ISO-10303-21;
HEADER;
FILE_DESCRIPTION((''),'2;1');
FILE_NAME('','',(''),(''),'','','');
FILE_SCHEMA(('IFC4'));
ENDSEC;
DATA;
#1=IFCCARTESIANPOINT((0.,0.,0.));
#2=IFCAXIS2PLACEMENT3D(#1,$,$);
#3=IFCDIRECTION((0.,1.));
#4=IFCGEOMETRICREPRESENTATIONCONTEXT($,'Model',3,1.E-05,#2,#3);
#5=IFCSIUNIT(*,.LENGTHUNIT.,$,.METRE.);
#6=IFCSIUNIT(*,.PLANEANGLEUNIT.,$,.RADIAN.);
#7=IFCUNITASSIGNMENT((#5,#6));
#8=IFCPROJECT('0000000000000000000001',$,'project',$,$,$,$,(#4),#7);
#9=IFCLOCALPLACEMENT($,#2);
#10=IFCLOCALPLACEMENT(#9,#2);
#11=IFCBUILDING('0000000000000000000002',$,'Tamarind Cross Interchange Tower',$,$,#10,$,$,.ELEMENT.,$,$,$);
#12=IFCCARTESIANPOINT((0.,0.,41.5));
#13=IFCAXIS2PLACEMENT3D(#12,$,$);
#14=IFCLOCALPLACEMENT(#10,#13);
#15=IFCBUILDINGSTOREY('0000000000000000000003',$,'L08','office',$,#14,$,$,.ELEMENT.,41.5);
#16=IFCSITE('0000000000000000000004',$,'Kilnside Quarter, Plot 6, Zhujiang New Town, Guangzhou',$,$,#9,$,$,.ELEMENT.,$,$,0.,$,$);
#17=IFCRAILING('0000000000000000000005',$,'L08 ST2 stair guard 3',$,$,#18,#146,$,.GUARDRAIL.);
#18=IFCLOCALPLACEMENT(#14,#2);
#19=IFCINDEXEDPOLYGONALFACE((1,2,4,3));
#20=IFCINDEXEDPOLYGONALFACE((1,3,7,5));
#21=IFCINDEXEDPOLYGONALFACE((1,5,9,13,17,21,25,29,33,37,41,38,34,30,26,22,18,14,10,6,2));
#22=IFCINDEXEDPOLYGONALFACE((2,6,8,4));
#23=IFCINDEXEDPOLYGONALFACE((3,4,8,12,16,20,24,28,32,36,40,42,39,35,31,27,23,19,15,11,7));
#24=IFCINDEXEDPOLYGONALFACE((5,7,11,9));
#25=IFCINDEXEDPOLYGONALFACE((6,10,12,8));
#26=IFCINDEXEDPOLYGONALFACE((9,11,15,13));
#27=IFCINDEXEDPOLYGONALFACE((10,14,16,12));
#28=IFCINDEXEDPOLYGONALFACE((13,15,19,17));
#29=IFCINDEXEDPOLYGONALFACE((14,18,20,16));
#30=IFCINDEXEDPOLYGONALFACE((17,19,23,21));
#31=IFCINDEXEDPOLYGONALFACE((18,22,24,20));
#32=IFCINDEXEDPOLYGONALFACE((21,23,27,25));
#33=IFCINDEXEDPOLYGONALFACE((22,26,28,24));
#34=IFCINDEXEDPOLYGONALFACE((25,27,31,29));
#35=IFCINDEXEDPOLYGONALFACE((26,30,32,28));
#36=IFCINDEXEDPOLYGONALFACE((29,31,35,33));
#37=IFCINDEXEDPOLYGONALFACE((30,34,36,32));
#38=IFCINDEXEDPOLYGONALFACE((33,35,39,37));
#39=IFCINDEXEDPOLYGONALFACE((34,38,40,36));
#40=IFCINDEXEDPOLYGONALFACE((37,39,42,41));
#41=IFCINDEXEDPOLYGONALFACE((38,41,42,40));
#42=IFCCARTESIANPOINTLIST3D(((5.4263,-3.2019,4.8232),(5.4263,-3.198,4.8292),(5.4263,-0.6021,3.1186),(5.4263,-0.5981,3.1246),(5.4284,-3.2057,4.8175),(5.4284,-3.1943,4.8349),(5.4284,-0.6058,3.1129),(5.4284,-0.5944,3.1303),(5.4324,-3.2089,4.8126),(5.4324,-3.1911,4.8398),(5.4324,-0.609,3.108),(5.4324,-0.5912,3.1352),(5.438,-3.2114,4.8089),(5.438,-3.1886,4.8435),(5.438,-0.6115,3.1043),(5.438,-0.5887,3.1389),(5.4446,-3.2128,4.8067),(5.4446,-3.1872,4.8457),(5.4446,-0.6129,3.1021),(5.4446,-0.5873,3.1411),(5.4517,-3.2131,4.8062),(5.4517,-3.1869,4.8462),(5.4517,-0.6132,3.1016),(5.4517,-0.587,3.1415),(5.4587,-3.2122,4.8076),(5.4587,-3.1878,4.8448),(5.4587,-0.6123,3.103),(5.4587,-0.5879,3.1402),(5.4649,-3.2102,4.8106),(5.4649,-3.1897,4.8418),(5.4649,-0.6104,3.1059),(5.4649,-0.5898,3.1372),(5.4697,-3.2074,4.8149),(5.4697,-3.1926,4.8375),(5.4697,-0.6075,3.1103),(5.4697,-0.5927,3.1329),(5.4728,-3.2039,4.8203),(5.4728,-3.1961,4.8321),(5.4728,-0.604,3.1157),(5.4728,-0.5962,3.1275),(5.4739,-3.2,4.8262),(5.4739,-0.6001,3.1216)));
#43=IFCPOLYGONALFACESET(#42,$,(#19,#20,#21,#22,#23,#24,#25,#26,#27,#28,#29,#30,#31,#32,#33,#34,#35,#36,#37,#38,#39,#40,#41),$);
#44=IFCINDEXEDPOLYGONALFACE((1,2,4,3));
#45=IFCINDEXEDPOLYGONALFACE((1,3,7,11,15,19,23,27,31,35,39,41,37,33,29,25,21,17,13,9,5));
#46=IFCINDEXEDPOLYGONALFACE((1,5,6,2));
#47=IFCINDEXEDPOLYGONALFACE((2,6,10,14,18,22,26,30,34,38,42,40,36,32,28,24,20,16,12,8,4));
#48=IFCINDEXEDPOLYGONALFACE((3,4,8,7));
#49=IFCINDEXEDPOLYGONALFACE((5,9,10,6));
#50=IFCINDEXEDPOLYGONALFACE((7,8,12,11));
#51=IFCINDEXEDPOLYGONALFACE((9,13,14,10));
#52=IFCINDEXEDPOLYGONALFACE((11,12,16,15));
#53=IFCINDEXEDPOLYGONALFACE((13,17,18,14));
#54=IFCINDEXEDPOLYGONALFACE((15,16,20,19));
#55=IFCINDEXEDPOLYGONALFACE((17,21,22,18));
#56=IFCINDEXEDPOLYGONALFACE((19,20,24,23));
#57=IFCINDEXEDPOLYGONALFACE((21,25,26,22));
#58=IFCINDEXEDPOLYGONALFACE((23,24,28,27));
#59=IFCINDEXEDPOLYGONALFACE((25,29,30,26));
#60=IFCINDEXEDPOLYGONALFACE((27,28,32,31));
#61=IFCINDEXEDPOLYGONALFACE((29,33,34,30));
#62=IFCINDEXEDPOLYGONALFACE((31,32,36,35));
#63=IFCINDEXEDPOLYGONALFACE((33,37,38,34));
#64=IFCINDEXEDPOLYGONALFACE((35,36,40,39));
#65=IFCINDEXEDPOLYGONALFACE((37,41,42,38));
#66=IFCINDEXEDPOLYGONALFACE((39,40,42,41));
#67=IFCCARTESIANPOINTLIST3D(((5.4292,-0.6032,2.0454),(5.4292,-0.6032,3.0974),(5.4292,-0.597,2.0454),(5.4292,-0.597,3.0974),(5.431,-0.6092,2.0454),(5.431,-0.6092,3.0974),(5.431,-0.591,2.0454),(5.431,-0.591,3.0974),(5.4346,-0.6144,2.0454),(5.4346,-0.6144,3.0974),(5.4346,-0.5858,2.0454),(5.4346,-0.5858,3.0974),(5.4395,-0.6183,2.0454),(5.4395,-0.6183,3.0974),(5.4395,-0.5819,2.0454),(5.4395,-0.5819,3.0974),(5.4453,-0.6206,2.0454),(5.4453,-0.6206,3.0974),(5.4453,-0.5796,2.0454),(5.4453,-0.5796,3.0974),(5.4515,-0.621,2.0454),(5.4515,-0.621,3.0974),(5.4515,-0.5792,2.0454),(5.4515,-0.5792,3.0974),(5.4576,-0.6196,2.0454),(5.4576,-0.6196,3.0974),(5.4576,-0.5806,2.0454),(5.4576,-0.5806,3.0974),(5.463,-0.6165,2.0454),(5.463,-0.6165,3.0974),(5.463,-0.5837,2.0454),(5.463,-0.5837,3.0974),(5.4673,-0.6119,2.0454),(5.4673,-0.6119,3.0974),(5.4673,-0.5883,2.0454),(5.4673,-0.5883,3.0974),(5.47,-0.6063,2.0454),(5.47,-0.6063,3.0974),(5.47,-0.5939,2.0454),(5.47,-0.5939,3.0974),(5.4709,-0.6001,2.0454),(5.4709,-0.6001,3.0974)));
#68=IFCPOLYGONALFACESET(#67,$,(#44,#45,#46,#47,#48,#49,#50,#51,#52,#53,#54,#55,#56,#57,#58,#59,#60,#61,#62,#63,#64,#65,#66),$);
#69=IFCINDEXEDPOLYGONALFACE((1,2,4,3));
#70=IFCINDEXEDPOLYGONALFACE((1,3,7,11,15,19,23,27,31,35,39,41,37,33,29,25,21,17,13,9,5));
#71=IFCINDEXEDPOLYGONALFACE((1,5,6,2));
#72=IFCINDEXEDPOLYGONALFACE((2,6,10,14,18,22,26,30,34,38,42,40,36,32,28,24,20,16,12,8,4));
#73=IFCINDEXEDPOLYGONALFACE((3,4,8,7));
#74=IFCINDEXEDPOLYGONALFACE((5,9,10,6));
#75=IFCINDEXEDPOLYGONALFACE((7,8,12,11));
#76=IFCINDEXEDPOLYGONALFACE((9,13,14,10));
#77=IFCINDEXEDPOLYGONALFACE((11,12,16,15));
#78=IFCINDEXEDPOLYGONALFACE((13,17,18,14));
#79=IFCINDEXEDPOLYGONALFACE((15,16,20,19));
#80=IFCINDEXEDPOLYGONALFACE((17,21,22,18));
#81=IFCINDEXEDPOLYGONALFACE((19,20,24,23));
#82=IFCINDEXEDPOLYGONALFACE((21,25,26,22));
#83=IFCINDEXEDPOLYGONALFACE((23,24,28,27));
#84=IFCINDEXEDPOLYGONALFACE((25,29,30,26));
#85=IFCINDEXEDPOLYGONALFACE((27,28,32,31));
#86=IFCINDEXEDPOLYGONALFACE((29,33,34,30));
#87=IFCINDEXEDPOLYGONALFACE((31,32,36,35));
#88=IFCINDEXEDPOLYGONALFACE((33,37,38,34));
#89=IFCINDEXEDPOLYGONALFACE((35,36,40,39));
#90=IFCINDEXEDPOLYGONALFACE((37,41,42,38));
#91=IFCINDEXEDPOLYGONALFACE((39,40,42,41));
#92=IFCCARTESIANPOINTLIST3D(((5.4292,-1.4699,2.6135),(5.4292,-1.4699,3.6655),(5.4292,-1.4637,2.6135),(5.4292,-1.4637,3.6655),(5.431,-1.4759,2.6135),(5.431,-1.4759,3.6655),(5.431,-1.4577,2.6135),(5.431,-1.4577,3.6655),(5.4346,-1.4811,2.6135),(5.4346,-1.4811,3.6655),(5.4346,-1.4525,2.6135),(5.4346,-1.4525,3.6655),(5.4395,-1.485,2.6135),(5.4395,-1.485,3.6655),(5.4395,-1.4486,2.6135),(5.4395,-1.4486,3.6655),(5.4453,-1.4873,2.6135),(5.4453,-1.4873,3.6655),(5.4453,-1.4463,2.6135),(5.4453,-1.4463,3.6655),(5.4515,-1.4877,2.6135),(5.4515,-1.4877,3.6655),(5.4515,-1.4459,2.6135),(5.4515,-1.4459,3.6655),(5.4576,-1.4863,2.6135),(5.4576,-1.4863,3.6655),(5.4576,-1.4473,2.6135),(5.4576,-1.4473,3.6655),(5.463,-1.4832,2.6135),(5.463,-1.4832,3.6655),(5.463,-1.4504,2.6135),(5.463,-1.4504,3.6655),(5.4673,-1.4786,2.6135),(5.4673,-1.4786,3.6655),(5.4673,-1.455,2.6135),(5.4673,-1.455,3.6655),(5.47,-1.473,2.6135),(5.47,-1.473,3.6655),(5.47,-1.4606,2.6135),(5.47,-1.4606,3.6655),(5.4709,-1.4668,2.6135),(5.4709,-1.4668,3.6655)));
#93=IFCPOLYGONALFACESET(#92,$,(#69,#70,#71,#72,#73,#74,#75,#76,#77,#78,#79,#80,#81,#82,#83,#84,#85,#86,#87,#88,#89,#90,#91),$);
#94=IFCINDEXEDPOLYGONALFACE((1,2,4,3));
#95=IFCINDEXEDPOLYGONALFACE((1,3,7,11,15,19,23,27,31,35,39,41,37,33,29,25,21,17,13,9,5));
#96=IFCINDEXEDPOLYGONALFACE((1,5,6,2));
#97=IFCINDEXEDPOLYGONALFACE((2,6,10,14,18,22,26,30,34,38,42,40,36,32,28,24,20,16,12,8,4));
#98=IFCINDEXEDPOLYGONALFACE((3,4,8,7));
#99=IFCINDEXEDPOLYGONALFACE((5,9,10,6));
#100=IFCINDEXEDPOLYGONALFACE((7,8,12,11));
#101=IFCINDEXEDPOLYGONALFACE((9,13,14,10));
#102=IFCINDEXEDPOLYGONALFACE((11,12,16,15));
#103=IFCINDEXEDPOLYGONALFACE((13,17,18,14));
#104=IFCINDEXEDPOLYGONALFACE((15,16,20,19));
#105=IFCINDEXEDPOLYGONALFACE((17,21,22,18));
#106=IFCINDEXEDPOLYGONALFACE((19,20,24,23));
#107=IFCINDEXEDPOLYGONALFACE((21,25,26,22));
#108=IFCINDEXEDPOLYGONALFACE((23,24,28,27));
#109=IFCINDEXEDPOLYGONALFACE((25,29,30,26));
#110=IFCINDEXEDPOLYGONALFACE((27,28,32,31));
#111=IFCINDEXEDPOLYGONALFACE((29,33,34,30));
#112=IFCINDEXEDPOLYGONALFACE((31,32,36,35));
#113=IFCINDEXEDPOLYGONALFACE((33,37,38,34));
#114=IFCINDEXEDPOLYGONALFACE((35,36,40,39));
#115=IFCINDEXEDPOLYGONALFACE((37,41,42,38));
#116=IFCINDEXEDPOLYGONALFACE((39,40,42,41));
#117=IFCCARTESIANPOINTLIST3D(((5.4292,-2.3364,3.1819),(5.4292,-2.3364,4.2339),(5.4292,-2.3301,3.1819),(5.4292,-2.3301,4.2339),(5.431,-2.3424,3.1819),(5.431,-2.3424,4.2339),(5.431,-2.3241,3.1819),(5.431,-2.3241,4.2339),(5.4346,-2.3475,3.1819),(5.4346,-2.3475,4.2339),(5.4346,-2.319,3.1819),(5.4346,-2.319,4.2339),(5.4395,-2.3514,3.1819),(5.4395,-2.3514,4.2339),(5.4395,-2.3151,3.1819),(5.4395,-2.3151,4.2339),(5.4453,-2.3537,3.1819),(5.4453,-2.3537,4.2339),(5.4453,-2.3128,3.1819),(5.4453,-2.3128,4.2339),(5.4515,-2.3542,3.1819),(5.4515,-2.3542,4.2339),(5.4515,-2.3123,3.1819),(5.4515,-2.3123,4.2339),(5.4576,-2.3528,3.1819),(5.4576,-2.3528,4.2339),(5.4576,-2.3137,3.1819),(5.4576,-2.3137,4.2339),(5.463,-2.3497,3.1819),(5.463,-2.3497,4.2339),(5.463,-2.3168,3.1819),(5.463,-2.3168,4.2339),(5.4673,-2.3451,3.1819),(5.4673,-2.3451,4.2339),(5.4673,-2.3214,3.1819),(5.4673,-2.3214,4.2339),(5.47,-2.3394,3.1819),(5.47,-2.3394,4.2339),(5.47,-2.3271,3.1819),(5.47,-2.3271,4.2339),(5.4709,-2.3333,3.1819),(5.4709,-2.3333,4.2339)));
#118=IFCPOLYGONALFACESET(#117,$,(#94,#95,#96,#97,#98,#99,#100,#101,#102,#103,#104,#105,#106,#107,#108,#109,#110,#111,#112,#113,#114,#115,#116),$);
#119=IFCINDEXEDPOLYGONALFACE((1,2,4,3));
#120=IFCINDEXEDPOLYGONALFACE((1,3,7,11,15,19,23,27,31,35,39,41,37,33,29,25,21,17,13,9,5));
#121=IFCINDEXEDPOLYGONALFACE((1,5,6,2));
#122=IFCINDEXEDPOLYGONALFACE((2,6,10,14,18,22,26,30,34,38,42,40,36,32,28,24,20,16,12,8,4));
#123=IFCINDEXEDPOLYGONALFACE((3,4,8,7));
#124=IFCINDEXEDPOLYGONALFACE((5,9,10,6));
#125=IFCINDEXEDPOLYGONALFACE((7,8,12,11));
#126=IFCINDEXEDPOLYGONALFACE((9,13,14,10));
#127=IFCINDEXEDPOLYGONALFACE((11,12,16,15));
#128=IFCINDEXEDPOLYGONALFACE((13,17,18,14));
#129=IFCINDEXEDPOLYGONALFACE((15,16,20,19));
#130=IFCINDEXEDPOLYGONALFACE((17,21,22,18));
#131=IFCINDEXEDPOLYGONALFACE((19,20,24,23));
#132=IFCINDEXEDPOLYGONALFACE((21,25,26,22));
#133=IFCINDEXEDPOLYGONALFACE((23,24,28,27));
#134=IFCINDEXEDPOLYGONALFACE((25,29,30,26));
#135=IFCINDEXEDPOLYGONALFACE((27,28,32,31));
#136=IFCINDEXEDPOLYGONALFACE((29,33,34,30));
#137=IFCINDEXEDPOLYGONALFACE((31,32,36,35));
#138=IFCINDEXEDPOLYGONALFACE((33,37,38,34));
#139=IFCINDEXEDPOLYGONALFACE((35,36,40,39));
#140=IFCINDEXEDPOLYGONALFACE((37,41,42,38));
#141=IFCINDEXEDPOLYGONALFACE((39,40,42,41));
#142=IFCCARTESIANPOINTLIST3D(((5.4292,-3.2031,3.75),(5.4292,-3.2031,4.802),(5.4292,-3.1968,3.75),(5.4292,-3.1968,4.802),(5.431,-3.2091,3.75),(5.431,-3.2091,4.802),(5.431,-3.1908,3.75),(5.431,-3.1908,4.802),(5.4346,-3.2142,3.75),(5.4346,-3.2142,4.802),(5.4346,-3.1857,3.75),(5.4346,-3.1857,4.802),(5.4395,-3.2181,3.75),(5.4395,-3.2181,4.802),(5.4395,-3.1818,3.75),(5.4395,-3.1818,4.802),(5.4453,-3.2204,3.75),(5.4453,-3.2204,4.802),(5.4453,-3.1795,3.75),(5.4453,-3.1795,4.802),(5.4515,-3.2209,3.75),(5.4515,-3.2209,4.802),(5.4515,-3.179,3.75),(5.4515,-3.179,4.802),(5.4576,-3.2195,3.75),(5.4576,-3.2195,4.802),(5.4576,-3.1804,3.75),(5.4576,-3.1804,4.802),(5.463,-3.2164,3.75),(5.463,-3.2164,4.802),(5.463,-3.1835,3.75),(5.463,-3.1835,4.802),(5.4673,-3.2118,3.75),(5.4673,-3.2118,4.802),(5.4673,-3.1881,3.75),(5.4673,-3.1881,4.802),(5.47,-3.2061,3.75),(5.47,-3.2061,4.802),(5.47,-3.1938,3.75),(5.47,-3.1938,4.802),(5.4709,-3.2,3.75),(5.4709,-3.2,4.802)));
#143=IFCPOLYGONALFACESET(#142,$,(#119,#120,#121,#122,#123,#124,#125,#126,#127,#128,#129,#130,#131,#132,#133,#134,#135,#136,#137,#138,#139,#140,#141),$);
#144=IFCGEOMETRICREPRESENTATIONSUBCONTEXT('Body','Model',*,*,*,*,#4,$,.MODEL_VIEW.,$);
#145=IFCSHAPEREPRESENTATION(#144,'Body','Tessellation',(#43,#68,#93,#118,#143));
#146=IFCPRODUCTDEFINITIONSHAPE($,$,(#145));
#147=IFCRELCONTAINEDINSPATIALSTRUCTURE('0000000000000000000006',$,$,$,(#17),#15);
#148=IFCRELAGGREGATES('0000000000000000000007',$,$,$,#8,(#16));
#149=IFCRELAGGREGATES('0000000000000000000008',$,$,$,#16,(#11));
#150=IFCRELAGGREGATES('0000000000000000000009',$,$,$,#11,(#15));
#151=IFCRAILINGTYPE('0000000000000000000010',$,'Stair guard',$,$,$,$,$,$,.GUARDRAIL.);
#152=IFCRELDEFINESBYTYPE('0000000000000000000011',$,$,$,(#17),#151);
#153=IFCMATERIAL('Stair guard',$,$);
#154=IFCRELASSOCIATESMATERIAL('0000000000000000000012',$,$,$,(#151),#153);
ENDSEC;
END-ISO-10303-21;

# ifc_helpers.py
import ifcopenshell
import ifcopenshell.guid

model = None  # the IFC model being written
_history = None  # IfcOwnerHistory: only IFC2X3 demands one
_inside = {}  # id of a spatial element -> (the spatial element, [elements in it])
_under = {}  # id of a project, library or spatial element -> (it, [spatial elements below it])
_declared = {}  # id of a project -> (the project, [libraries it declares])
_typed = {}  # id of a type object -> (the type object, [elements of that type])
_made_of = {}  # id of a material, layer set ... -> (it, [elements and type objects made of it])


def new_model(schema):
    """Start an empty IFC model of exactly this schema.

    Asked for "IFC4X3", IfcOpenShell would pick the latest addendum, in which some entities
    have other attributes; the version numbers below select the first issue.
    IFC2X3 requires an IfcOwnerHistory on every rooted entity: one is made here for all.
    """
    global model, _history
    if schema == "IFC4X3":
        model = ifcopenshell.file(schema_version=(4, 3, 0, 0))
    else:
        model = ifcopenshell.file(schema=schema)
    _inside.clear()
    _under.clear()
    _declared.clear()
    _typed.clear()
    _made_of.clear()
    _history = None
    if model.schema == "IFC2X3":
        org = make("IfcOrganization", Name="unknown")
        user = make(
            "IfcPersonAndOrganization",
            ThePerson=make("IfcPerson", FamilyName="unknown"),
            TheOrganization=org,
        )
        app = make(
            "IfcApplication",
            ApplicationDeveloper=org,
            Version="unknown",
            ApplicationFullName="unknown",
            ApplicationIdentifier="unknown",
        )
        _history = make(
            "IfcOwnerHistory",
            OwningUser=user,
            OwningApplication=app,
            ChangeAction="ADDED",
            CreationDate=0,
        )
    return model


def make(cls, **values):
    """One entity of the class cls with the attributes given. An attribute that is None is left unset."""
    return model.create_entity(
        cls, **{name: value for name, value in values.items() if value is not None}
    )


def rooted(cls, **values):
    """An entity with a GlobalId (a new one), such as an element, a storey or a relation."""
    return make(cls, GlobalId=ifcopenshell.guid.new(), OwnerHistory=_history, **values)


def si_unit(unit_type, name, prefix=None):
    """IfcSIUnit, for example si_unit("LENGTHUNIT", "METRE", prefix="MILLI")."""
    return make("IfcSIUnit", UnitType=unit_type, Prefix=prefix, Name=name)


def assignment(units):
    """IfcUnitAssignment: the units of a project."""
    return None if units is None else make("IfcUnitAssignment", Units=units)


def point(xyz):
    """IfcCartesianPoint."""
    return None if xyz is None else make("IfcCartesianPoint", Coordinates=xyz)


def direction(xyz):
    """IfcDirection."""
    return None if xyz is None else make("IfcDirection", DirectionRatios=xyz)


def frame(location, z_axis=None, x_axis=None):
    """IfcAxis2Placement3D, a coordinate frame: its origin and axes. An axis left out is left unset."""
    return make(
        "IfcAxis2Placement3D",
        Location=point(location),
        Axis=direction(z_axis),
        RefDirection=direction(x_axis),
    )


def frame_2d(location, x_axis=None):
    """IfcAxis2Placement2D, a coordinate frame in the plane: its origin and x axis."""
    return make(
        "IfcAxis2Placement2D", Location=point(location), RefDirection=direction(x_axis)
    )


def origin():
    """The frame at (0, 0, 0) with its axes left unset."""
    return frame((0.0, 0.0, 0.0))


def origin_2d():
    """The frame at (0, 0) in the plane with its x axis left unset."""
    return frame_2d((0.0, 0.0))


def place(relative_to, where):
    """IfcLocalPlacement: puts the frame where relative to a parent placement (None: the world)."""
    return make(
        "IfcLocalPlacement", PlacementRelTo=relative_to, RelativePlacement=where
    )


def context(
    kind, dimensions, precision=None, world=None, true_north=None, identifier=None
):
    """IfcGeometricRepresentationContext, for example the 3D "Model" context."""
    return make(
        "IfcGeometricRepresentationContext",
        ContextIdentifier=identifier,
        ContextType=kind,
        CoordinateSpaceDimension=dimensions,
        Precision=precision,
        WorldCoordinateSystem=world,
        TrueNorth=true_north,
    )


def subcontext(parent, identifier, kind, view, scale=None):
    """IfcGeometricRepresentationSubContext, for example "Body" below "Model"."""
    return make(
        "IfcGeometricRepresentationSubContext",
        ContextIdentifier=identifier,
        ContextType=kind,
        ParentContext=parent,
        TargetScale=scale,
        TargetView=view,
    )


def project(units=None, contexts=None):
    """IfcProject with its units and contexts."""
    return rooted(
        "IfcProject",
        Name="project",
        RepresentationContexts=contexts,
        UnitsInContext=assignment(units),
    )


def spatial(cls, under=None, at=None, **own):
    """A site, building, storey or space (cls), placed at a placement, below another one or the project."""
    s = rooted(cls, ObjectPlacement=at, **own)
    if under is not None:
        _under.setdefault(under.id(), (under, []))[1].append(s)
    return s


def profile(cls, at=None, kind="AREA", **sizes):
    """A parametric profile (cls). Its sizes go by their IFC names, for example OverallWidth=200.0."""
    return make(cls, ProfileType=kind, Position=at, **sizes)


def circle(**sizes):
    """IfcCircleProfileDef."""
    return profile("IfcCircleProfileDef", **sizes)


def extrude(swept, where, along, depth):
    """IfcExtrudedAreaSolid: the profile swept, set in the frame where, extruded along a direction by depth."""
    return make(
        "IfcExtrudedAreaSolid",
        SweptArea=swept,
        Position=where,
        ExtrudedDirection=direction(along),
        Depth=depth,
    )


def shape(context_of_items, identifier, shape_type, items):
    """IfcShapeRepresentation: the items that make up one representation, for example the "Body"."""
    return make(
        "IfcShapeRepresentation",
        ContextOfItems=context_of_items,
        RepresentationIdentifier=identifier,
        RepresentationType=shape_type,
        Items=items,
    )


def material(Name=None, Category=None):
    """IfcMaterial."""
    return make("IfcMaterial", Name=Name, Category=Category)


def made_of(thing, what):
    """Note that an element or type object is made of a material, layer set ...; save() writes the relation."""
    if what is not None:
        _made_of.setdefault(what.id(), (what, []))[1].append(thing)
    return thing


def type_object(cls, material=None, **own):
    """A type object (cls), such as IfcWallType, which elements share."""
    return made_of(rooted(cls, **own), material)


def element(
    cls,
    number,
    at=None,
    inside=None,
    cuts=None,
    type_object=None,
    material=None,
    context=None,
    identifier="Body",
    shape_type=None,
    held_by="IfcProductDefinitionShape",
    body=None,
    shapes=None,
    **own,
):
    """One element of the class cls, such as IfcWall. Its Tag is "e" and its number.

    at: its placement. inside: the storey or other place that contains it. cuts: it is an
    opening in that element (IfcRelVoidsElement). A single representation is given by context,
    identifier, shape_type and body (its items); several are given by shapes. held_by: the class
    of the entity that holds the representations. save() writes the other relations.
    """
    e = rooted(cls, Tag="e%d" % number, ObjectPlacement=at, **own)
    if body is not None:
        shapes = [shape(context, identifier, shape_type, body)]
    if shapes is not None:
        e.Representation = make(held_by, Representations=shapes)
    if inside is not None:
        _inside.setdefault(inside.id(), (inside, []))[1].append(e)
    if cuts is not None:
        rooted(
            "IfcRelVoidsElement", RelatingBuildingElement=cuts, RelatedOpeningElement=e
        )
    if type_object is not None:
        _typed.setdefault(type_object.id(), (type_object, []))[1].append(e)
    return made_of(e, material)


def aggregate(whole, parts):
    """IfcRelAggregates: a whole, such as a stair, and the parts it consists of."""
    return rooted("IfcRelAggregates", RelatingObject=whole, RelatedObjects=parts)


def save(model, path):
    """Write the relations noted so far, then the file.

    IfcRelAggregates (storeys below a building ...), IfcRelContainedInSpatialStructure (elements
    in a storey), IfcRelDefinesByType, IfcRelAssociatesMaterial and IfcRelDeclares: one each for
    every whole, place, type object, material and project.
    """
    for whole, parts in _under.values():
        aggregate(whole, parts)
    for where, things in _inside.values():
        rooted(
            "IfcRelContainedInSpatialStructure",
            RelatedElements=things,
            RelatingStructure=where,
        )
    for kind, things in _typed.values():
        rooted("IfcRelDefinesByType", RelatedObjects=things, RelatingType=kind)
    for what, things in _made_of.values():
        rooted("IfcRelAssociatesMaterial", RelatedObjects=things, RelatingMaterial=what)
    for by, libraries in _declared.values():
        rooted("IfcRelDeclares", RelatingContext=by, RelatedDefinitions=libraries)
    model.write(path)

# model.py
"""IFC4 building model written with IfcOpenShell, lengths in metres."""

from ifc_helpers import new_model, si_unit, direction, frame, origin, origin_2d, place, context, subcontext, project, spatial, circle, extrude, material, type_object, element, save


model = new_model("IFC4")

# Units and contexts
model_context = context("Model", 3, precision=1e-05, world=origin(), true_north=direction((0.0, 1.0)))
body_context = subcontext(model_context, "Body", "Model", "MODEL_VIEW")
ifc_project = project(units=[si_unit("LENGTHUNIT", "METRE"), si_unit("PLANEANGLEUNIT", "RADIAN")], contexts=[model_context])

# Site, building, storey
site_placement = place(None, origin())
site = spatial("IfcSite", under=ifc_project, at=site_placement, Name="Kilnside Quarter, Plot 6, Zhujiang New Town, Guangzhou", CompositionType="ELEMENT", RefElevation=0.0)
building_placement = place(site_placement, origin())
building = spatial("IfcBuilding", under=site, at=building_placement, Name="Tamarind Cross Interchange Tower", CompositionType="ELEMENT")
storey_placement = place(building_placement, frame((0.0, 0.0, 41.5)))
storey = spatial("IfcBuildingStorey", under=building, at=storey_placement, Name="L08", Description="office", CompositionType="ELEMENT", Elevation=41.5)

# Railing
ifc_material_1 = material(Name="Stair guard")
railing_type = type_object("IfcRailingType", Name="Stair guard", PredefinedType="GUARDRAIL", material=ifc_material_1)
railing_1_placement = place(storey_placement, frame((5.45, -0.6001, 2.0454)))
element("IfcRailing", 1, at=railing_1_placement, inside=storey, type_object=railing_type, Name="L08 ST2 stair guard 3", PredefinedType="GUARDRAIL", context=body_context, shape_type="SweptSolid", body=[
    extrude(circle(Radius=0.0239, at=origin_2d()), frame((0.0, 0.0, 1.0762), z_axis=(0.0, -0.836279, 0.548305), x_axis=(1.0, 0.0, 0.0)), (0.0, 0.0, 1.0), 3.1089),
    extrude(circle(Radius=0.021, at=origin_2d()), origin(), (0.0, 0.0, 1.0), 1.052),
    extrude(circle(Radius=0.021, at=origin_2d()), frame((0.0, -0.8667, 0.5681)), (0.0, 0.0, 1.0), 1.052),
    extrude(circle(Radius=0.021, at=origin_2d()), frame((0.0, -1.7332, 1.1365)), (0.0, 0.0, 1.0), 1.052),
    extrude(circle(Radius=0.021, at=origin_2d()), frame((0.0, -2.5999, 1.7046)), (0.0, 0.0, 1.0), 1.052),
])

save(model, "model.ifc")
